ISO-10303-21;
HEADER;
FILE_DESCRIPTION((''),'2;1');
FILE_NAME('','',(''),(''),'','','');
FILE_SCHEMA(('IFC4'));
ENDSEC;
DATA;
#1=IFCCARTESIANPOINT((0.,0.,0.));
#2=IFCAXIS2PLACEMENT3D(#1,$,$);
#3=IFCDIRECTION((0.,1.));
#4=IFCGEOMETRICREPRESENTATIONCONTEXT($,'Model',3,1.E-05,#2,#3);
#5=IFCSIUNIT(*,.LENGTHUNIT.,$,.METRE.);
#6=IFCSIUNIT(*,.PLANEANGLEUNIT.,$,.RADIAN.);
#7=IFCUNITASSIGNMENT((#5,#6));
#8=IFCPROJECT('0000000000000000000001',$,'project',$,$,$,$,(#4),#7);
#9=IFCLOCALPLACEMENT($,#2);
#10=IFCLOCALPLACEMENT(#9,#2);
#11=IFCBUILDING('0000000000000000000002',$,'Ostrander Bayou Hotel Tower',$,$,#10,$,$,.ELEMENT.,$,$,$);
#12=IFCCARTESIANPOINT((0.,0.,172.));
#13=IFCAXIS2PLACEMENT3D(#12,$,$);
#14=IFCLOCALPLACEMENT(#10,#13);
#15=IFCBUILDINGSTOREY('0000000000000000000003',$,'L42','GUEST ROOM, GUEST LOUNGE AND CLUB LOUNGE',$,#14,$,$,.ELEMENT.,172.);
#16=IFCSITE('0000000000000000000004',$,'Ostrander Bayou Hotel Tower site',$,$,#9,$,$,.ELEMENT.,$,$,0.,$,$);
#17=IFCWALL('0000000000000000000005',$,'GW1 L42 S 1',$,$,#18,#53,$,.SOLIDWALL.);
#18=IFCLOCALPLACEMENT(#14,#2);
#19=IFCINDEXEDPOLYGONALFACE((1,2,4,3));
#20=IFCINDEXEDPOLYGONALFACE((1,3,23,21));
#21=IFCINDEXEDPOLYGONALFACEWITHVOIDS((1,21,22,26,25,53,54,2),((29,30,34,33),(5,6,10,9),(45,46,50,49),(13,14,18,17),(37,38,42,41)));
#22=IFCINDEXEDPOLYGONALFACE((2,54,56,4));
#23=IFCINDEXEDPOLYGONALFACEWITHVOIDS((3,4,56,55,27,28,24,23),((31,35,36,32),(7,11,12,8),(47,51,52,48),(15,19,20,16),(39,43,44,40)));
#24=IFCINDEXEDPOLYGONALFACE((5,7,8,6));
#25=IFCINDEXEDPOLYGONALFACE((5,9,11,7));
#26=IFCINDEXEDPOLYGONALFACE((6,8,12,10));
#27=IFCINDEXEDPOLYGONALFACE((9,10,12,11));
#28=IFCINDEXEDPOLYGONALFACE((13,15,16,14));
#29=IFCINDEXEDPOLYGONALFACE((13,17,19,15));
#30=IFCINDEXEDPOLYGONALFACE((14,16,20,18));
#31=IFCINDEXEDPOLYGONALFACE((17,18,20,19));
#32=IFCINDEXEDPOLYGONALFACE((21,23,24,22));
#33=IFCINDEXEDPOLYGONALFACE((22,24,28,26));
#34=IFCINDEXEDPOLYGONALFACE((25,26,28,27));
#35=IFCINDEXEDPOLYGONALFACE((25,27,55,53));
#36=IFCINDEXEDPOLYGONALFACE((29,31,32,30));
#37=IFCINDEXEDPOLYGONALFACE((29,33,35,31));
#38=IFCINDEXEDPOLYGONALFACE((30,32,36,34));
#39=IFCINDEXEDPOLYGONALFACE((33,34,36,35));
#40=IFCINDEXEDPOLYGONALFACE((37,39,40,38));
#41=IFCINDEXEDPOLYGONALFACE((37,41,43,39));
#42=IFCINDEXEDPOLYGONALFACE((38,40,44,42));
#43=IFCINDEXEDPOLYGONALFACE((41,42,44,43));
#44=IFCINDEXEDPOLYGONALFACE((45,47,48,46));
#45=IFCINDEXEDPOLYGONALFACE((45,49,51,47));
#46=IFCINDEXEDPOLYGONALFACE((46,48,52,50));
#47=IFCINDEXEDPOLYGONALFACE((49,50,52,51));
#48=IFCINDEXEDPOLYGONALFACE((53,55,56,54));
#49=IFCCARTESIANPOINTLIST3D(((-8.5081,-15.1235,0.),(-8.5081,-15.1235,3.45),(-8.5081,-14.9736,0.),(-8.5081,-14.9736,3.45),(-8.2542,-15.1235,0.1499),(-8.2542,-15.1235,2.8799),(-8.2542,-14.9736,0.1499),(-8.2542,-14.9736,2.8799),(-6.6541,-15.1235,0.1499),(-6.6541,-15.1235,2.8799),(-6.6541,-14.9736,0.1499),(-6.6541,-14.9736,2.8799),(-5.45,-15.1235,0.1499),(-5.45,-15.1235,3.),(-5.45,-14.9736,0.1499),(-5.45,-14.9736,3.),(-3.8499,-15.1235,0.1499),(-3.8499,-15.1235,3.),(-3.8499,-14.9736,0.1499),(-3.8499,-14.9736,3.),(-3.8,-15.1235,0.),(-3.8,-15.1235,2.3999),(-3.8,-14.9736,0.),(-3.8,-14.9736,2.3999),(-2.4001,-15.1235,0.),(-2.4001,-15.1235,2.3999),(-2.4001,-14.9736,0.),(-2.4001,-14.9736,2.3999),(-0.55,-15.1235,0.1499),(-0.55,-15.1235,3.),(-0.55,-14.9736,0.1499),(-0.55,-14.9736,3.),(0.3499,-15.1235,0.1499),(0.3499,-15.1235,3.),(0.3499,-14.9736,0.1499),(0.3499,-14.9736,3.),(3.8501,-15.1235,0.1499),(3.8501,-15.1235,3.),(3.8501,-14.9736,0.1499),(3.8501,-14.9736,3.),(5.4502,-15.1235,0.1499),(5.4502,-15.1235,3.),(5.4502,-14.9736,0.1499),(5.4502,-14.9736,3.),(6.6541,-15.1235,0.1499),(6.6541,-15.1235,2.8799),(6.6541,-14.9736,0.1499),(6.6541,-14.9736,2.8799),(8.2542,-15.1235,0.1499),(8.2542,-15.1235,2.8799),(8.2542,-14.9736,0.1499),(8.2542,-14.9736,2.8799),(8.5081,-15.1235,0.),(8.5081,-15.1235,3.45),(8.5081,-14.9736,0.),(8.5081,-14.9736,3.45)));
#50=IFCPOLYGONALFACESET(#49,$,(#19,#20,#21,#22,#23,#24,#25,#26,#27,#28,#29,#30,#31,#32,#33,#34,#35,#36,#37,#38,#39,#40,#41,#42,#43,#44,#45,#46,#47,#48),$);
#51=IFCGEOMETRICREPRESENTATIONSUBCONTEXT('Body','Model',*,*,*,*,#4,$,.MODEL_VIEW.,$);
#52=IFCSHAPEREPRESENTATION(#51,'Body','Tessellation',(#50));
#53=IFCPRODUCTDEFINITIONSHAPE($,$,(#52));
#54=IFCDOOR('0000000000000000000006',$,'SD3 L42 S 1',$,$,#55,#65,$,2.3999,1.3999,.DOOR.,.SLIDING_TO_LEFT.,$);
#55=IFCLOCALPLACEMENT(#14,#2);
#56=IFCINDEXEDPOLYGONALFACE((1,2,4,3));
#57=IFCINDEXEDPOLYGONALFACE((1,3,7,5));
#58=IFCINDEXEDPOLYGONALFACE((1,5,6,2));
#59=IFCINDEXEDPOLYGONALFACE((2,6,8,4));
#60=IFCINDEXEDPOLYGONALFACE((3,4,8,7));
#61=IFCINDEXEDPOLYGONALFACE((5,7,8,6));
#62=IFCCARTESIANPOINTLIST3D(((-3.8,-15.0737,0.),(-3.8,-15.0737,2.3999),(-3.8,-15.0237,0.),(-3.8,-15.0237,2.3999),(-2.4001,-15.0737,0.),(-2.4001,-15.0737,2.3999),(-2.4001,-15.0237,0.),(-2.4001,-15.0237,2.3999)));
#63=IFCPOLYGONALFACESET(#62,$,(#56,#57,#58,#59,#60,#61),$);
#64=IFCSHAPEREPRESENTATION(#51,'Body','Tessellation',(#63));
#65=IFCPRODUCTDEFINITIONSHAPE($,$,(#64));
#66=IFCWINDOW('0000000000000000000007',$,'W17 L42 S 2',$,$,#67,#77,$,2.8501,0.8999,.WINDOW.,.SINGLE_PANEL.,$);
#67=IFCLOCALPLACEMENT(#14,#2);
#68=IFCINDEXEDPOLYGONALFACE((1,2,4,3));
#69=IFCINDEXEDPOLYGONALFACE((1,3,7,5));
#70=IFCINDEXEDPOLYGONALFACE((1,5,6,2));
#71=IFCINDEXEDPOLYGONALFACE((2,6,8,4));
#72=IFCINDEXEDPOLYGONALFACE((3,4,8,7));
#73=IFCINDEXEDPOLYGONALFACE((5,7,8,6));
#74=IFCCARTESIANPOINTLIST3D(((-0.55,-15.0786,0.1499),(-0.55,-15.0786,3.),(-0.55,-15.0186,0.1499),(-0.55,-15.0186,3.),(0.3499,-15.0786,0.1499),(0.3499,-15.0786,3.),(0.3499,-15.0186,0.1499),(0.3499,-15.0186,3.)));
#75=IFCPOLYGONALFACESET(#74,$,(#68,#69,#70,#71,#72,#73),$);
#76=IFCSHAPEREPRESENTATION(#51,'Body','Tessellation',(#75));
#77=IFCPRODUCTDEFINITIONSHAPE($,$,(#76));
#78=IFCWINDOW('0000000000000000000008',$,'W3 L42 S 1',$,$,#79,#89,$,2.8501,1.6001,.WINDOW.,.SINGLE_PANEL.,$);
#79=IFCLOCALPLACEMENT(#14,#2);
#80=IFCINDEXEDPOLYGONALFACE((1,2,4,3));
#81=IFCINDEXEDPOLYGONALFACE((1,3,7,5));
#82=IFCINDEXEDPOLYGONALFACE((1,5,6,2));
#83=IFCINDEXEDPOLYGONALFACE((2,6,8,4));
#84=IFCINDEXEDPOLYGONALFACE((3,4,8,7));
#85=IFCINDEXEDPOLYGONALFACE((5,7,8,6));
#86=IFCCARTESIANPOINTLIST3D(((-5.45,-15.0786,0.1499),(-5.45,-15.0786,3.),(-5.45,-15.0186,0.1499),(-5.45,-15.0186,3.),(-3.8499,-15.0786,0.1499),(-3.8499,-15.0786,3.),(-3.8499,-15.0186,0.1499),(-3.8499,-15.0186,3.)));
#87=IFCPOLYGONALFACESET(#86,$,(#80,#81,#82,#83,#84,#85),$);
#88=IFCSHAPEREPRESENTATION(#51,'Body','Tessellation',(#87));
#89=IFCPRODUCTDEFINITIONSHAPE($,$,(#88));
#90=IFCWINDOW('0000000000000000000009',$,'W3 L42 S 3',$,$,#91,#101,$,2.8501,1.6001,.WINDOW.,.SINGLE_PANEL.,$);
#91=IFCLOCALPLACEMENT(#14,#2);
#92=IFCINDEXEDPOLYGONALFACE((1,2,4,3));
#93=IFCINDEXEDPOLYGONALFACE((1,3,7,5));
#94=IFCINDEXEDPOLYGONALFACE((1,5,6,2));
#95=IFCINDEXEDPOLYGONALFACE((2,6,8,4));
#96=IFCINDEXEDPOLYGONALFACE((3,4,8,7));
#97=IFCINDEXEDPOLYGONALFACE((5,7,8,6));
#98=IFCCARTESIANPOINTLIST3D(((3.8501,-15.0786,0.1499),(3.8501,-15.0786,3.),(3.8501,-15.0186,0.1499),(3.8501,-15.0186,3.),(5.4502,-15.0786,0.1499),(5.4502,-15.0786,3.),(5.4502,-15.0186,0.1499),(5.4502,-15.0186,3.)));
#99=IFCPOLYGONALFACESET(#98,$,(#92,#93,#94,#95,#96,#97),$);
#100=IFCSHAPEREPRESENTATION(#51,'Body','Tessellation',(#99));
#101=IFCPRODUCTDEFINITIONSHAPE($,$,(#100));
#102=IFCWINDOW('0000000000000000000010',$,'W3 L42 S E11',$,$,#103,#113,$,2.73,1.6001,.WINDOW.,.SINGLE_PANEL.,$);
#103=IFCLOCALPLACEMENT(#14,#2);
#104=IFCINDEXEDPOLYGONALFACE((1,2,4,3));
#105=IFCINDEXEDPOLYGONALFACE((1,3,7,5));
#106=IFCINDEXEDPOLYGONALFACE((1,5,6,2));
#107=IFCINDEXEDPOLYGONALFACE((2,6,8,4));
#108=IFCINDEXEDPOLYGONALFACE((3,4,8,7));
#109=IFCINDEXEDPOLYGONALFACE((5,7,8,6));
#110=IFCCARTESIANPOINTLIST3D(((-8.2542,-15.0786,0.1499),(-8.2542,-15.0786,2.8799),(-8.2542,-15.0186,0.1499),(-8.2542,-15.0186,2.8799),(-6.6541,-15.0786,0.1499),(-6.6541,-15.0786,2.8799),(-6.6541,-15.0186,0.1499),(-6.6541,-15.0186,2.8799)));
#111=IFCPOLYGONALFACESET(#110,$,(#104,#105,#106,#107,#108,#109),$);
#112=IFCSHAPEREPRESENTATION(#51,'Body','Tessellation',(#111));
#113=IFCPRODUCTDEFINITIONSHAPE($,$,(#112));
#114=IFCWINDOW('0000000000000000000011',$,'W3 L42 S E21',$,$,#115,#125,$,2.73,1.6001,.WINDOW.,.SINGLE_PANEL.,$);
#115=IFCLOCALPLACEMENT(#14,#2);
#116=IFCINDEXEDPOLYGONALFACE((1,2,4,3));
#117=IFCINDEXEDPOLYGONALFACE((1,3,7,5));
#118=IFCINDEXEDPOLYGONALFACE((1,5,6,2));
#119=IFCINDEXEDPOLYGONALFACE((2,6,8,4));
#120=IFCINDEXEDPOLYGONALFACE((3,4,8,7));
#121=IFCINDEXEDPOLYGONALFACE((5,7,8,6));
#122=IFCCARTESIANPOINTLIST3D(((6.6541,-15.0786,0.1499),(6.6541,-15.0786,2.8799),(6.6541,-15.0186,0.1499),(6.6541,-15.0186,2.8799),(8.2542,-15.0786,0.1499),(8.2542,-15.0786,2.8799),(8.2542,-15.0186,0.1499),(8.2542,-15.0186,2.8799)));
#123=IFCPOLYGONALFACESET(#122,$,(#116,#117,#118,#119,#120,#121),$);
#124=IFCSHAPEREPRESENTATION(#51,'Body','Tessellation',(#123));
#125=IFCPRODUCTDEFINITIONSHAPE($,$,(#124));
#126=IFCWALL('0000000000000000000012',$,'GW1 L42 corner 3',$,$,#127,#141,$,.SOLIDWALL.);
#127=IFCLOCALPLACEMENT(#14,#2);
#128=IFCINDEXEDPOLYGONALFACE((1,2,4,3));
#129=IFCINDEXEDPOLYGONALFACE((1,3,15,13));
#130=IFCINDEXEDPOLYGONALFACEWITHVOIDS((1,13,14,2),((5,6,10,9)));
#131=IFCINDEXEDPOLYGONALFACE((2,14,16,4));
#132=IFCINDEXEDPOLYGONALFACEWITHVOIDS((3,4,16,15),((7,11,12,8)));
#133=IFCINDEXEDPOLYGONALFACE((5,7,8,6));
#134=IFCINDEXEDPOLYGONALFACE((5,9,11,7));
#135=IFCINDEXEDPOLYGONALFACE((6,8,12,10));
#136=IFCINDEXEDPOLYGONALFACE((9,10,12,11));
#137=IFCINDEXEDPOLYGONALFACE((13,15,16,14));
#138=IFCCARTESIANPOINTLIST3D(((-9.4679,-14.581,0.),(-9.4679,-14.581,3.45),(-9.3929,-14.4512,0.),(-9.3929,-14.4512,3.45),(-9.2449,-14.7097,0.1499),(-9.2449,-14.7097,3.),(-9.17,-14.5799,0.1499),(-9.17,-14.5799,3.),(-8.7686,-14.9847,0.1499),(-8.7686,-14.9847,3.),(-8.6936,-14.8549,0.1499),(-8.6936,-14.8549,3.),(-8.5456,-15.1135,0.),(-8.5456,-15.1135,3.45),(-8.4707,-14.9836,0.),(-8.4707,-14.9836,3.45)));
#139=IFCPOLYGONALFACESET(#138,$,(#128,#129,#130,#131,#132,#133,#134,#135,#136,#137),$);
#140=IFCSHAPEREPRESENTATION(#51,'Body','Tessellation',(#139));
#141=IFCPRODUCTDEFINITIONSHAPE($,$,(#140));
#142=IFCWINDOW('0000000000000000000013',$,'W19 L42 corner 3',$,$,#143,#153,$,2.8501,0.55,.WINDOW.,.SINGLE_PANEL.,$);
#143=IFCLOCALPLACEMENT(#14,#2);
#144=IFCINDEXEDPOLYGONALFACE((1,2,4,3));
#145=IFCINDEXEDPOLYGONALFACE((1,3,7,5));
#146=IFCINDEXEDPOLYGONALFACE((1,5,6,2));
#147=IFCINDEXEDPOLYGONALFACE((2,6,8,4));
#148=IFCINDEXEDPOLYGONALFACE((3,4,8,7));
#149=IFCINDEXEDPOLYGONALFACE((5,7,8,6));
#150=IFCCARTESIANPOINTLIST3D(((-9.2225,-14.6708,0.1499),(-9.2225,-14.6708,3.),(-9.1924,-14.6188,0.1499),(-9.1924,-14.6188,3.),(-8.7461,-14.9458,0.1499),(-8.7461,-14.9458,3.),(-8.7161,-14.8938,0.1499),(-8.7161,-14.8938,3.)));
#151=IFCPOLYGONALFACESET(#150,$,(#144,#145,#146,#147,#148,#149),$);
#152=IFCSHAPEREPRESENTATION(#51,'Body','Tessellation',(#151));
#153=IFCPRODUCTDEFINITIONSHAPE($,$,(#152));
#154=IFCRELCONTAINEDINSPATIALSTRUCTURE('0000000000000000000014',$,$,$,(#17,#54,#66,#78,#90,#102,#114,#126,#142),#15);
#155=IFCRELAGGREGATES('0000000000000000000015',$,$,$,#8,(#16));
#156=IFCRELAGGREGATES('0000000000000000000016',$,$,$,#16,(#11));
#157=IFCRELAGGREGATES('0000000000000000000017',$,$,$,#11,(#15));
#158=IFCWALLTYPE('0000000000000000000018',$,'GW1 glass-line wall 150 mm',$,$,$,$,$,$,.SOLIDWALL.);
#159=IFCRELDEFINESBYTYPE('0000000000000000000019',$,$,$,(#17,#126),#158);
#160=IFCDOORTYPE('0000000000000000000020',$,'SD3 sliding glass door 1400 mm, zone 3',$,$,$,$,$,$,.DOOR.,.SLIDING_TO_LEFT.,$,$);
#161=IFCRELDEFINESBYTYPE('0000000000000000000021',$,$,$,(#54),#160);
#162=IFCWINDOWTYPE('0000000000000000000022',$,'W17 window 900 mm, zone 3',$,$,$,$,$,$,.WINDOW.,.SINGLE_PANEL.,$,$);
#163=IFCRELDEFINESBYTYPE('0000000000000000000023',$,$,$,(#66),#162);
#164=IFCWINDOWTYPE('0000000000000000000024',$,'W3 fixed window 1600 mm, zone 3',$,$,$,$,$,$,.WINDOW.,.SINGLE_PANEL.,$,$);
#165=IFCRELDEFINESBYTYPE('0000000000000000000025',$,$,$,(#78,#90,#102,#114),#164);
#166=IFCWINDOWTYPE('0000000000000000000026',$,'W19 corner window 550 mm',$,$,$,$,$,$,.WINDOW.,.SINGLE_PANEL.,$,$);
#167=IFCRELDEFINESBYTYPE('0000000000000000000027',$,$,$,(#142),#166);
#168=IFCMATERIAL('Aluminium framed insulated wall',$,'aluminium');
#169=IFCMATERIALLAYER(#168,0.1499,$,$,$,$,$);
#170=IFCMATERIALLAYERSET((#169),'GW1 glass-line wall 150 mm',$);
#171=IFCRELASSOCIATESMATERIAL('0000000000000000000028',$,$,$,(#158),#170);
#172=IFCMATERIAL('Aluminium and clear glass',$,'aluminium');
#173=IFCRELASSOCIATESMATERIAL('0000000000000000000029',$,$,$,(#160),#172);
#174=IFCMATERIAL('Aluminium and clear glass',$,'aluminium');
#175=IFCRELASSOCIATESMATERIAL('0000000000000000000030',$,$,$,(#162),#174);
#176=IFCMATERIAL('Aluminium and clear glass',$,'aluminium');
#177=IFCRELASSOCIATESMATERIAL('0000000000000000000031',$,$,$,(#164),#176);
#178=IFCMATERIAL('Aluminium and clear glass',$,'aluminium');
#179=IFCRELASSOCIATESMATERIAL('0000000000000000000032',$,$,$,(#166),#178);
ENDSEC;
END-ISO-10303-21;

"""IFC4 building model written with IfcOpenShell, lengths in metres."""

from ifc_helpers import new_model, si_unit, direction, frame, frame_2d, origin, place, context, subcontext, project, spatial, rectangle, extrude, material, layer, layer_set, type_object, element, fill, save


model = new_model("IFC4")

# Units and contexts
model_context = context("Model", 3, precision=1e-05, world=origin(), true_north=direction((0.0, 1.0)))
body_context = subcontext(model_context, "Body", "Model", "MODEL_VIEW")
ifc_project = project(units=[si_unit("LENGTHUNIT", "METRE"), si_unit("PLANEANGLEUNIT", "RADIAN")], contexts=[model_context])

# Site, building, storey
site_placement = place(None, origin())
site = spatial("IfcSite", under=ifc_project, at=site_placement, Name="Ostrander Bayou Hotel Tower site", CompositionType="ELEMENT", RefElevation=0.0)
building_placement = place(site_placement, origin())
building = spatial("IfcBuilding", under=site, at=building_placement, Name="Ostrander Bayou Hotel Tower", CompositionType="ELEMENT")
storey_placement = place(building_placement, frame((0.0, 0.0, 172.0)))
storey = spatial("IfcBuildingStorey", under=building, at=storey_placement, Name="L42", Description="GUEST ROOM, GUEST LOUNGE AND CLUB LOUNGE", CompositionType="ELEMENT", Elevation=172.0)

# Wall, openings, door, windows
ifc_material_1 = material(Name="Aluminium framed insulated wall", Category="aluminium")
ifc_layer_1 = layer(ifc_material_1, 0.1499)
ifc_layer_set_1 = layer_set([ifc_layer_1], Name="GW1 glass-line wall 150 mm")
wall_type_1 = type_object("IfcWallType", Name="GW1 glass-line wall 150 mm", PredefinedType="SOLIDWALL", material=ifc_layer_set_1)
wall_1_placement = place(storey_placement, frame((-8.5081, -15.0486, 0.0), z_axis=(0.0, 0.0, 1.0), x_axis=(1.0, 0.0, 0.0)))
wall_1 = element("IfcWall", 1, at=wall_1_placement, inside=storey, type_object=wall_type_1, Name="GW1 L42 S 1", PredefinedType="SOLIDWALL", context=body_context, shape_type="SweptSolid", body=[
    extrude(rectangle(XDim=17.0161, YDim=0.1499, at=frame_2d((8.5081, 0.0))), origin(), (0.0, 0.0, 1.0), 3.45),
])
opening_1_placement = place(wall_1_placement, frame((3.0581, 0.0, 0.1499)))
opening_1 = element("IfcOpeningElement", 2, at=opening_1_placement, cuts=wall_1, PredefinedType="OPENING", context=body_context, shape_type="SweptSolid", body=[
    extrude(rectangle(XDim=1.6001, YDim=2.8501, at=frame_2d((0.8, 1.425))), frame((0.0, 0.075, 0.0), z_axis=(0.0, -1.0, 0.0), x_axis=(1.0, 0.0, 0.0)), (0.0, 0.0, 1.0), 0.1499),
])
opening_2_placement = place(wall_1_placement, frame((4.708, 0.0, 0.0)))
opening_2 = element("IfcOpeningElement", 3, at=opening_2_placement, cuts=wall_1, PredefinedType="OPENING", context=body_context, shape_type="SweptSolid", body=[
    extrude(rectangle(XDim=1.3999, YDim=2.3999, at=frame_2d((0.7, 1.2))), frame((0.0, 0.075, 0.0), z_axis=(0.0, -1.0, 0.0), x_axis=(1.0, 0.0, 0.0)), (0.0, 0.0, 1.0), 0.1499),
])
opening_3_placement = place(wall_1_placement, frame((7.958, 0.0, 0.1499)))
opening_3 = element("IfcOpeningElement", 4, at=opening_3_placement, cuts=wall_1, PredefinedType="OPENING", context=body_context, shape_type="SweptSolid", body=[
    extrude(rectangle(XDim=0.8999, YDim=2.8501, at=frame_2d((0.45, 1.425))), frame((0.0, 0.075, 0.0), z_axis=(0.0, -1.0, 0.0), x_axis=(1.0, 0.0, 0.0)), (0.0, 0.0, 1.0), 0.1499),
])
opening_4_placement = place(wall_1_placement, frame((12.3582, 0.0, 0.1499)))
opening_4 = element("IfcOpeningElement", 5, at=opening_4_placement, cuts=wall_1, PredefinedType="OPENING", context=body_context, shape_type="SweptSolid", body=[
    extrude(rectangle(XDim=1.6001, YDim=2.8501, at=frame_2d((0.8, 1.425))), frame((0.0, 0.075, 0.0), z_axis=(0.0, -1.0, 0.0), x_axis=(1.0, 0.0, 0.0)), (0.0, 0.0, 1.0), 0.1499),
])
opening_5_placement = place(wall_1_placement, frame((0.2539, 0.0, 0.1499)))
opening_5 = element("IfcOpeningElement", 6, at=opening_5_placement, cuts=wall_1, PredefinedType="OPENING", context=body_context, shape_type="SweptSolid", body=[
    extrude(rectangle(XDim=1.6001, YDim=2.73, at=frame_2d((0.8, 1.365))), frame((0.0, 0.075, 0.0), z_axis=(0.0, -1.0, 0.0), x_axis=(1.0, 0.0, 0.0)), (0.0, 0.0, 1.0), 0.1499),
])
opening_6_placement = place(wall_1_placement, frame((15.1621, 0.0, 0.1499)))
opening_6 = element("IfcOpeningElement", 7, at=opening_6_placement, cuts=wall_1, PredefinedType="OPENING", context=body_context, shape_type="SweptSolid", body=[
    extrude(rectangle(XDim=1.6001, YDim=2.73, at=frame_2d((0.8, 1.365))), frame((0.0, 0.075, 0.0), z_axis=(0.0, -1.0, 0.0), x_axis=(1.0, 0.0, 0.0)), (0.0, 0.0, 1.0), 0.1499),
])
ifc_material_2 = material(Name="Aluminium and clear glass", Category="aluminium")
door_type = type_object("IfcDoorType", Name="SD3 sliding glass door 1400 mm, zone 3", OperationType="SLIDING_TO_LEFT", PredefinedType="DOOR", material=ifc_material_2)
door_placement = place(opening_2_placement, origin())
door = element("IfcDoor", 8, at=door_placement, inside=storey, type_object=door_type, Name="SD3 L42 S 1", OperationType="SLIDING_TO_LEFT", OverallHeight=2.3999, OverallWidth=1.3999, PredefinedType="DOOR", context=body_context, shape_type="SweptSolid", body=[
    extrude(rectangle(XDim=1.3999, YDim=2.3999, at=frame_2d((0.7, 1.2))), frame((0.0, 0.0249, 0.0), z_axis=(0.0, -1.0, 0.0), x_axis=(1.0, 0.0, 0.0)), (0.0, 0.0, 1.0), 0.05),
])
fill(opening_2, door)
ifc_material_3 = material(Name="Aluminium and clear glass", Category="aluminium")
window_type_1 = type_object("IfcWindowType", Name="W17 window 900 mm, zone 3", PartitioningType="SINGLE_PANEL", PredefinedType="WINDOW", material=ifc_material_3)
window_1_placement = place(opening_3_placement, origin())
window_1 = element("IfcWindow", 9, at=window_1_placement, inside=storey, type_object=window_type_1, Name="W17 L42 S 2", OverallHeight=2.8501, OverallWidth=0.8999, PartitioningType="SINGLE_PANEL", PredefinedType="WINDOW", context=body_context, shape_type="SweptSolid", body=[
    extrude(rectangle(XDim=0.8999, YDim=2.8501, at=frame_2d((0.45, 1.425))), frame((0.0, 0.03, 0.0), z_axis=(0.0, -1.0, 0.0), x_axis=(1.0, 0.0, 0.0)), (0.0, 0.0, 1.0), 0.0601),
])
fill(opening_3, window_1)
ifc_material_4 = material(Name="Aluminium and clear glass", Category="aluminium")
window_type_2 = type_object("IfcWindowType", Name="W3 fixed window 1600 mm, zone 3", PartitioningType="SINGLE_PANEL", PredefinedType="WINDOW", material=ifc_material_4)
window_2_placement = place(opening_1_placement, origin())
window_2 = element("IfcWindow", 10, at=window_2_placement, inside=storey, type_object=window_type_2, Name="W3 L42 S 1", OverallHeight=2.8501, OverallWidth=1.6001, PartitioningType="SINGLE_PANEL", PredefinedType="WINDOW", context=body_context, shape_type="SweptSolid", body=[
    extrude(rectangle(XDim=1.6001, YDim=2.8501, at=frame_2d((0.8, 1.425))), frame((0.0, 0.03, 0.0), z_axis=(0.0, -1.0, 0.0), x_axis=(1.0, 0.0, 0.0)), (0.0, 0.0, 1.0), 0.0601),
])
fill(opening_1, window_2)
window_3_placement = place(opening_4_placement, origin())
window_3 = element("IfcWindow", 11, at=window_3_placement, inside=storey, type_object=window_type_2, Name="W3 L42 S 3", OverallHeight=2.8501, OverallWidth=1.6001, PartitioningType="SINGLE_PANEL", PredefinedType="WINDOW", context=body_context, shape_type="SweptSolid", body=[
    extrude(rectangle(XDim=1.6001, YDim=2.8501, at=frame_2d((0.8, 1.425))), frame((0.0, 0.03, 0.0), z_axis=(0.0, -1.0, 0.0), x_axis=(1.0, 0.0, 0.0)), (0.0, 0.0, 1.0), 0.0601),
])
fill(opening_4, window_3)
window_4_placement = place(opening_5_placement, origin())
window_4 = element("IfcWindow", 12, at=window_4_placement, inside=storey, type_object=window_type_2, Name="W3 L42 S E11", OverallHeight=2.73, OverallWidth=1.6001, PartitioningType="SINGLE_PANEL", PredefinedType="WINDOW", context=body_context, shape_type="SweptSolid", body=[
    extrude(rectangle(XDim=1.6001, YDim=2.73, at=frame_2d((0.8, 1.365))), frame((0.0, 0.03, 0.0), z_axis=(0.0, -1.0, 0.0), x_axis=(1.0, 0.0, 0.0)), (0.0, 0.0, 1.0), 0.0601),
])
fill(opening_5, window_4)
window_5_placement = place(opening_6_placement, origin())
window_5 = element("IfcWindow", 13, at=window_5_placement, inside=storey, type_object=window_type_2, Name="W3 L42 S E21", OverallHeight=2.73, OverallWidth=1.6001, PartitioningType="SINGLE_PANEL", PredefinedType="WINDOW", context=body_context, shape_type="SweptSolid", body=[
    extrude(rectangle(XDim=1.6001, YDim=2.73, at=frame_2d((0.8, 1.365))), frame((0.0, 0.03, 0.0), z_axis=(0.0, -1.0, 0.0), x_axis=(1.0, 0.0, 0.0)), (0.0, 0.0, 1.0), 0.0601),
])
fill(opening_6, window_5)

# Wall, opening, window
wall_2_placement = place(storey_placement, frame((-9.4304, -14.5161, 0.0), z_axis=(0.0, 0.0, 1.0), x_axis=(0.866048, -0.499961, 0.0)))
wall_2 = element("IfcWall", 14, at=wall_2_placement, inside=storey, type_object=wall_type_1, Name="GW1 L42 corner 3", PredefinedType="SOLIDWALL", context=body_context, shape_type="SweptSolid", body=[
    extrude(rectangle(XDim=1.0649, YDim=0.1499, at=frame_2d((0.5325, 0.0))), origin(), (0.0, 0.0, 1.0), 3.45),
])
opening_7_placement = place(wall_2_placement, frame((0.2576, 0.0, 0.1499)))
opening_7 = element("IfcOpeningElement", 15, at=opening_7_placement, cuts=wall_2, PredefinedType="OPENING", context=body_context, shape_type="SweptSolid", body=[
    extrude(rectangle(XDim=0.55, YDim=2.8501, at=frame_2d((0.2749, 1.425))), frame((0.0, 0.075, 0.0), z_axis=(0.0, -1.0, 0.0), x_axis=(1.0, 0.0, 0.0)), (0.0, 0.0, 1.0), 0.1499),
])
ifc_material_5 = material(Name="Aluminium and clear glass", Category="aluminium")
window_type_3 = type_object("IfcWindowType", Name="W19 corner window 550 mm", PartitioningType="SINGLE_PANEL", PredefinedType="WINDOW", material=ifc_material_5)
window_6_placement = place(opening_7_placement, origin())
window_6 = element("IfcWindow", 16, at=window_6_placement, inside=storey, type_object=window_type_3, Name="W19 L42 corner 3", OverallHeight=2.8501, OverallWidth=0.55, PartitioningType="SINGLE_PANEL", PredefinedType="WINDOW", context=body_context, shape_type="SweptSolid", body=[
    extrude(rectangle(XDim=0.55, YDim=2.8501, at=frame_2d((0.2749, 1.425))), frame((0.0, 0.03, 0.0), z_axis=(0.0, -1.0, 0.0), x_axis=(1.0, 0.0, 0.0)), (0.0, 0.0, 1.0), 0.0601),
])
fill(opening_7, window_6)

save(model, "model.ifc")
